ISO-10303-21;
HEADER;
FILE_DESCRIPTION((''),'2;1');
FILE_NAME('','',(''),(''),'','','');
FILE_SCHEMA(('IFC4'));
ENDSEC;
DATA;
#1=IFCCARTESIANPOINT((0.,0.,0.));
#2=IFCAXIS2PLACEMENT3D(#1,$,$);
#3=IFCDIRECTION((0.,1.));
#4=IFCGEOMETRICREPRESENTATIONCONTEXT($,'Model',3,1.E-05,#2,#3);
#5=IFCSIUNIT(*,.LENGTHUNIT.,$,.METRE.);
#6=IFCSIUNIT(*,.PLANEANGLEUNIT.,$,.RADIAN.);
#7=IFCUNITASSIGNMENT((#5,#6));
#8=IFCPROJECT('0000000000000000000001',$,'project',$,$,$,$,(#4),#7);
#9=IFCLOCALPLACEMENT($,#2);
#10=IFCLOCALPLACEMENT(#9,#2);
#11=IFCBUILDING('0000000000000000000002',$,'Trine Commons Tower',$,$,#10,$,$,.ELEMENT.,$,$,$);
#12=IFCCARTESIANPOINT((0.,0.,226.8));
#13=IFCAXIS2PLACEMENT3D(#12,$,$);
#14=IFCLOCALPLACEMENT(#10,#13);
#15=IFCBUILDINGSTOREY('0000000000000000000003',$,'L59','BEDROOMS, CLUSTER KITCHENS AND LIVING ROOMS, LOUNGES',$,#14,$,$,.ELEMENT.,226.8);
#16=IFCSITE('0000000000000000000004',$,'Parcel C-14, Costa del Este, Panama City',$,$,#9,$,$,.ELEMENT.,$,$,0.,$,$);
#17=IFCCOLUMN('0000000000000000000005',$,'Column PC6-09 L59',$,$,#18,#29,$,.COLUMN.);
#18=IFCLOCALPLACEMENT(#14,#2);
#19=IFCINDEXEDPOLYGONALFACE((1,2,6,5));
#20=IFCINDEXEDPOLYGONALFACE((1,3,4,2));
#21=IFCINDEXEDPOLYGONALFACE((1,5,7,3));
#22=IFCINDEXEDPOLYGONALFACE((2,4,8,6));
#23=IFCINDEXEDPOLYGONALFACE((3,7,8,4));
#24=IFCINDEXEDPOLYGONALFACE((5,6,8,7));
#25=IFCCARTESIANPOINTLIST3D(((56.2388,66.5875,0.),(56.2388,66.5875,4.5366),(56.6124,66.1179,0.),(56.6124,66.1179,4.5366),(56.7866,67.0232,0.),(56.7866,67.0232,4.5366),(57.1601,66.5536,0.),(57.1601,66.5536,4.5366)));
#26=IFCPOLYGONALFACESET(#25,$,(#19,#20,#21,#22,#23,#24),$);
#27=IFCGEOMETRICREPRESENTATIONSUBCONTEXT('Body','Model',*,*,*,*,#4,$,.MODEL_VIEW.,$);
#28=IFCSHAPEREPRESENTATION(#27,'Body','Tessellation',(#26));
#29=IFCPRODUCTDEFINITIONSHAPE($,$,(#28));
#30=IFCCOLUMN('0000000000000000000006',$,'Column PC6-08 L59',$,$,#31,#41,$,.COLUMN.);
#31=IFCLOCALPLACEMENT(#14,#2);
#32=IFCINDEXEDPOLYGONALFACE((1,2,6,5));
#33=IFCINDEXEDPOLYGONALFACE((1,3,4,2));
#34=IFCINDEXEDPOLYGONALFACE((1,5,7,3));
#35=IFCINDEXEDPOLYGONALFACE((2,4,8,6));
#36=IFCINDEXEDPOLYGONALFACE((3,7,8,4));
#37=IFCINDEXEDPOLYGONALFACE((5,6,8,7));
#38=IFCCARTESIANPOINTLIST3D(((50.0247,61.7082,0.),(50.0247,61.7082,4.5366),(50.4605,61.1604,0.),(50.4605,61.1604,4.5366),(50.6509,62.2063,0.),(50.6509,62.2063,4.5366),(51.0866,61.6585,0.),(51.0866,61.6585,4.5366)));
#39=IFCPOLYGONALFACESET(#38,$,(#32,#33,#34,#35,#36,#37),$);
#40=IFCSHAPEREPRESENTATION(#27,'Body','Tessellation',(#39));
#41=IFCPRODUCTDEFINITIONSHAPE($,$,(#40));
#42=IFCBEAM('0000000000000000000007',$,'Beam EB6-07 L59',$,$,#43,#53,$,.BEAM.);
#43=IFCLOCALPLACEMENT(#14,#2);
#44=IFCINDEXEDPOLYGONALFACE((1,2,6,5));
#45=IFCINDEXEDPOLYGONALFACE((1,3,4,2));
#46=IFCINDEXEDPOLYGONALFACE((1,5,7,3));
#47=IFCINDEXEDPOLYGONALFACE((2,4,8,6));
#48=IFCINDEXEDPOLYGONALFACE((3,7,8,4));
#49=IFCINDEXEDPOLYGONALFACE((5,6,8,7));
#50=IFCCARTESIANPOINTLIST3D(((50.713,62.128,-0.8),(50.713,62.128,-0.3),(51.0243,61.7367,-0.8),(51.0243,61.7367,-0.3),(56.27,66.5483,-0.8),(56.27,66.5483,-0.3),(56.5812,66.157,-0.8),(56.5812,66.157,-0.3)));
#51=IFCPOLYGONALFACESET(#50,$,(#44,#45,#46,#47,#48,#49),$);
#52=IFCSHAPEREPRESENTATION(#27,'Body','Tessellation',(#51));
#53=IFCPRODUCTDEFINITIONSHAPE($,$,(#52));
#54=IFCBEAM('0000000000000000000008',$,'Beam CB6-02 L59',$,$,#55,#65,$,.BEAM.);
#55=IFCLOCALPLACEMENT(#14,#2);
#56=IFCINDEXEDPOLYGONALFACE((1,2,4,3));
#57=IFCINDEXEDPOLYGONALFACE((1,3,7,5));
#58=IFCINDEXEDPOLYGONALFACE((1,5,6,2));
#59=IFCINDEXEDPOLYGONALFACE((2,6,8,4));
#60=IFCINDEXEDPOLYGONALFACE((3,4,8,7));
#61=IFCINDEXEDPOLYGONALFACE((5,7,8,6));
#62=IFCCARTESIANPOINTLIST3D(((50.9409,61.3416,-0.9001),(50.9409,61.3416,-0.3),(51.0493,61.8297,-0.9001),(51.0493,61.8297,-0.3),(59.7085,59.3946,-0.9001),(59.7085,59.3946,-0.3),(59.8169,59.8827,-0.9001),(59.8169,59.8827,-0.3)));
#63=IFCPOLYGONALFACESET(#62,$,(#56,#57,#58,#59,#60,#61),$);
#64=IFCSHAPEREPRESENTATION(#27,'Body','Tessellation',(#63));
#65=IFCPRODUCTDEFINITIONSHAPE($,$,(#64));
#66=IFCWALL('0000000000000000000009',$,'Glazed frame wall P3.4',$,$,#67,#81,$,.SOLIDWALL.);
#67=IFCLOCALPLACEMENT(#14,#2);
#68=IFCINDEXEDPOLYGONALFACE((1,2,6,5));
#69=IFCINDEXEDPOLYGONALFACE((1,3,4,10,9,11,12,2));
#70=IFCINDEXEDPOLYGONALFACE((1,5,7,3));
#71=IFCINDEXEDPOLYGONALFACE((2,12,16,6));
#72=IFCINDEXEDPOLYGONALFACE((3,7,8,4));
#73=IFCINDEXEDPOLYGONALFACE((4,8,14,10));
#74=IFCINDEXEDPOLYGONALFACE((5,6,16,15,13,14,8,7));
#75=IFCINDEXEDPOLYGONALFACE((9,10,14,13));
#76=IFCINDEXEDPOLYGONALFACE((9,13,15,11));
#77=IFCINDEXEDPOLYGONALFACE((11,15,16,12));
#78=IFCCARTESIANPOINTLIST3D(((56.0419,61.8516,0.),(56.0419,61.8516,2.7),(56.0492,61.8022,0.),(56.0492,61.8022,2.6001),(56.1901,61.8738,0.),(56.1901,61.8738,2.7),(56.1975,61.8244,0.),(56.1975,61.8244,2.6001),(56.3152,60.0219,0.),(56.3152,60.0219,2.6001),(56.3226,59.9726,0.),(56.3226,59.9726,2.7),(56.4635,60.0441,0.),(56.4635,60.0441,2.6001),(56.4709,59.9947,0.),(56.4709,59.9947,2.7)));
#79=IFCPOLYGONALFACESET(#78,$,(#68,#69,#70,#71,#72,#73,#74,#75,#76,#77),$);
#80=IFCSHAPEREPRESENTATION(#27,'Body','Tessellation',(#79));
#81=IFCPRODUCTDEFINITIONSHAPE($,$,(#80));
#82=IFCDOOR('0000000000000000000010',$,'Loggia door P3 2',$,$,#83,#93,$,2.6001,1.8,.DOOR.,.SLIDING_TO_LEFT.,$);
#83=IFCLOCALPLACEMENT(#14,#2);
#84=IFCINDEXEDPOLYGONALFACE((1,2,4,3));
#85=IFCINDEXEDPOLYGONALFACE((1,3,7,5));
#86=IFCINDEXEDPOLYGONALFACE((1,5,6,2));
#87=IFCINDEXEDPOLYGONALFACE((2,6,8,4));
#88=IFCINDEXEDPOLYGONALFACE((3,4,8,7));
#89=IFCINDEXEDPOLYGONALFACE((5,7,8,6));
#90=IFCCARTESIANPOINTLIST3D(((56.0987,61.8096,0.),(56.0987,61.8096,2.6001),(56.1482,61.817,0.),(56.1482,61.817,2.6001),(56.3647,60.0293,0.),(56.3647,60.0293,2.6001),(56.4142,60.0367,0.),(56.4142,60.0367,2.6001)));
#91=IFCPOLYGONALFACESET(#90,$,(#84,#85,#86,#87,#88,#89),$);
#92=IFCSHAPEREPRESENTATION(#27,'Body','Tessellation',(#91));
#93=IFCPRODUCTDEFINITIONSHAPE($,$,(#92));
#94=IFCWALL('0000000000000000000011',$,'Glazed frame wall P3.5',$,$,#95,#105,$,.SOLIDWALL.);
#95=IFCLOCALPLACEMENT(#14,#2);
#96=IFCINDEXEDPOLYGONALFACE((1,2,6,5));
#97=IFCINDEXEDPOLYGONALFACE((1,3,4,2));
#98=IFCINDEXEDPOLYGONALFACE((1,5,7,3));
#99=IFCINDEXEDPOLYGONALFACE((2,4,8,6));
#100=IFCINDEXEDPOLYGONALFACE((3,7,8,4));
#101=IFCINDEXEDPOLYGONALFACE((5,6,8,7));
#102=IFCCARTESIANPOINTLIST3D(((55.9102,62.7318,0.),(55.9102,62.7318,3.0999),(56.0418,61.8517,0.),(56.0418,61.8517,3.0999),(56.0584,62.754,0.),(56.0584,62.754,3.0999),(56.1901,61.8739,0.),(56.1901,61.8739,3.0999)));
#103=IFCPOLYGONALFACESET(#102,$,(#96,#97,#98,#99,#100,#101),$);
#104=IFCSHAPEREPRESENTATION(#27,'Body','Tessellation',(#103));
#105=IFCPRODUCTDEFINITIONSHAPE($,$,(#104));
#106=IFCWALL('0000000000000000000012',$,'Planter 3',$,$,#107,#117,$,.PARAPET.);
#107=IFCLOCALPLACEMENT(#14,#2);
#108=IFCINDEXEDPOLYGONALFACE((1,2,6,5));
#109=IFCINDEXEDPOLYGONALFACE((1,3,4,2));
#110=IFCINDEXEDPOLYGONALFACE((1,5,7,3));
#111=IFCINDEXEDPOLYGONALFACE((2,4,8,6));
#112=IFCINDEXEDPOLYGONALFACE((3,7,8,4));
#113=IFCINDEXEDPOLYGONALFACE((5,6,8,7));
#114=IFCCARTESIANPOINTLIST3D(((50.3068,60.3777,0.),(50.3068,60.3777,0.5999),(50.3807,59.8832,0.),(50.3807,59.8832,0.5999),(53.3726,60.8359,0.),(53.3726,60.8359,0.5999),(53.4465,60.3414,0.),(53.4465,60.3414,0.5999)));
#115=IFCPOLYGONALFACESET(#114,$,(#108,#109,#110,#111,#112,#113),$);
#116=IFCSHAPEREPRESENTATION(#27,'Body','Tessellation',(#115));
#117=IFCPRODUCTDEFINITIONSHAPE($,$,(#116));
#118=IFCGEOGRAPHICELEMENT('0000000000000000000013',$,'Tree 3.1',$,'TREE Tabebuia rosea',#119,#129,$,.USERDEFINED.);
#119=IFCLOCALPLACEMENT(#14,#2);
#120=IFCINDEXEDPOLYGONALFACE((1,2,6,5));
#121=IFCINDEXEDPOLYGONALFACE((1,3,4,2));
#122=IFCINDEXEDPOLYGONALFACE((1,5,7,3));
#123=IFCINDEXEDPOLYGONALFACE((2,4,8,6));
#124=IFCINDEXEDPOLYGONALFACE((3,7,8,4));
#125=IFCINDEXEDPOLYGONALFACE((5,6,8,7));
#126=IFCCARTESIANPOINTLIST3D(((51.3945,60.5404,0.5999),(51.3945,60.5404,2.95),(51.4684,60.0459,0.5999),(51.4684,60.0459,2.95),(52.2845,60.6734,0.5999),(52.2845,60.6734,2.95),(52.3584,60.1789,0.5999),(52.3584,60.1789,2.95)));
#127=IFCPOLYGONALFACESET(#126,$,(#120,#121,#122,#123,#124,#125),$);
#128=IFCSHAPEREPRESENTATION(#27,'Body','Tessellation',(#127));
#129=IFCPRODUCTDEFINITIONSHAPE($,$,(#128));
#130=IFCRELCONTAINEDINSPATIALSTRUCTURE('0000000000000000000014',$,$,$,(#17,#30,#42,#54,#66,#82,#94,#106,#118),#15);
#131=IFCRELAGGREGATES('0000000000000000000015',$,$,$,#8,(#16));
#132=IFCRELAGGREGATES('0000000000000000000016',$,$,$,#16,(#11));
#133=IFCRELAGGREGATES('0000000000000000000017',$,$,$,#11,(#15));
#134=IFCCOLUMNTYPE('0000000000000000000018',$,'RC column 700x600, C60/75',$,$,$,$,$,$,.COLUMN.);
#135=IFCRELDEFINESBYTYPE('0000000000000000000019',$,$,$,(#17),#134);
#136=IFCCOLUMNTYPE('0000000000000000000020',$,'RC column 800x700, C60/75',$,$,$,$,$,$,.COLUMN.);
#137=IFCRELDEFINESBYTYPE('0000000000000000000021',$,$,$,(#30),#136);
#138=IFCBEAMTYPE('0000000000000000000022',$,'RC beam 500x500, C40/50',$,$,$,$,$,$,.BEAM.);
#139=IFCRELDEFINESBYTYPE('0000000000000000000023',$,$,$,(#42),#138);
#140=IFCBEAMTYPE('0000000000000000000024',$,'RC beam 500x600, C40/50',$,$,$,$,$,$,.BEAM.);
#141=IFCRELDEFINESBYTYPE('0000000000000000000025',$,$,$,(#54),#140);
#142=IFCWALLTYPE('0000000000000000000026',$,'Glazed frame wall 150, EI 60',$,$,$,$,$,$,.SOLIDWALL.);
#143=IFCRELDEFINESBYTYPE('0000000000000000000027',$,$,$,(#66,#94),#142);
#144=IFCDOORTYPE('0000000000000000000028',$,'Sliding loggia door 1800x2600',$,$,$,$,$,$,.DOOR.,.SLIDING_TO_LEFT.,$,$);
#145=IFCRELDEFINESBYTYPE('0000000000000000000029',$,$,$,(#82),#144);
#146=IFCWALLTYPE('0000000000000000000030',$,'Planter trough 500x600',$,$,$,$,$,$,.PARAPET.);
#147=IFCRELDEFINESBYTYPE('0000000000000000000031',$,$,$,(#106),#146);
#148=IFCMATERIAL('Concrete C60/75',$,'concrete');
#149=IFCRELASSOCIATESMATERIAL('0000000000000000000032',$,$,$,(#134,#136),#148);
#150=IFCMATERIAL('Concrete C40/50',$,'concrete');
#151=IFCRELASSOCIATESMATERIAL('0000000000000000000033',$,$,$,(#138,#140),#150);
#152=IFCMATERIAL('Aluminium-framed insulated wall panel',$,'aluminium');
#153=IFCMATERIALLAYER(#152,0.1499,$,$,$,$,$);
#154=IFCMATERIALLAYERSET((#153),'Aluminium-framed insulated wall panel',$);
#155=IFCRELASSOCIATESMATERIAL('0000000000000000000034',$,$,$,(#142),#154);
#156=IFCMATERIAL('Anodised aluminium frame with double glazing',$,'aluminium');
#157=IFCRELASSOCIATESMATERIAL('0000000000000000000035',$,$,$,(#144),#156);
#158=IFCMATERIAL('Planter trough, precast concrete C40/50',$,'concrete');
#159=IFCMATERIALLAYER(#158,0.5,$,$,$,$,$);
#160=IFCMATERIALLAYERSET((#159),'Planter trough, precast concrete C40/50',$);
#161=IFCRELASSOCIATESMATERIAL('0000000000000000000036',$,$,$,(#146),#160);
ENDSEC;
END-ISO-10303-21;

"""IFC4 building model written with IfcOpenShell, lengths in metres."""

from ifc_helpers import new_model, si_unit, direction, frame, frame_2d, origin, origin_2d, place, context, subcontext, project, spatial, polyline, rectangle, outline, extrude, material, layer, layer_set, material_profile, profile_set, type_object, element, fill, save


model = new_model("IFC4")

# Units and contexts
model_context = context("Model", 3, precision=1e-05, world=origin(), true_north=direction((0.0, 1.0)))
body_context = subcontext(model_context, "Body", "Model", "MODEL_VIEW")
ifc_project = project(units=[si_unit("LENGTHUNIT", "METRE"), si_unit("PLANEANGLEUNIT", "RADIAN")], contexts=[model_context])

# Site, building, storey
site_placement = place(None, origin())
site = spatial("IfcSite", under=ifc_project, at=site_placement, Name="Parcel C-14, Costa del Este, Panama City", CompositionType="ELEMENT", RefElevation=0.0)
building_placement = place(site_placement, origin())
building = spatial("IfcBuilding", under=site, at=building_placement, Name="Trine Commons Tower", CompositionType="ELEMENT")
storey_placement = place(building_placement, frame((0.0, 0.0, 226.8)))
storey = spatial("IfcBuildingStorey", under=building, at=storey_placement, Name="L59", Description="BEDROOMS, CLUSTER KITCHENS AND LIVING ROOMS, LOUNGES", CompositionType="ELEMENT", Elevation=226.8)

# Columns
ifc_material_1 = material(Name="Concrete C60/75", Category="concrete")
ifc_material_profile_1 = material_profile(ifc_material_1, rectangle(XDim=0.7, YDim=0.6001, at=origin_2d()), Name="RC 700x600")
ifc_profile_set_1 = profile_set([ifc_material_profile_1], Name="Concrete C60/75")
column_type_1 = type_object("IfcColumnType", Name="RC column 700x600, C60/75", PredefinedType="COLUMN", material=ifc_profile_set_1)
column_1_placement = place(storey_placement, frame((56.6995, 66.5706, 0.0), z_axis=(0.0, 0.0, 1.0), x_axis=(0.782608, 0.622515, 0.0)))
element("IfcColumn", 1, at=column_1_placement, inside=storey, type_object=column_type_1, Name="Column PC6-09 L59", PredefinedType="COLUMN", context=body_context, shape_type="SweptSolid", body=[
    extrude(rectangle(XDim=0.7, YDim=0.6001, at=origin_2d()), origin(), (0.0, 0.0, 1.0), 4.5366),
])
ifc_material_profile_2 = material_profile(ifc_material_1, rectangle(XDim=0.8, YDim=0.7, at=origin_2d()), Name="RC 800x700")
ifc_profile_set_2 = profile_set([ifc_material_profile_2], Name="Concrete C60/75")
column_type_2 = type_object("IfcColumnType", Name="RC column 800x700, C60/75", PredefinedType="COLUMN", material=ifc_profile_set_2)
column_2_placement = place(storey_placement, frame((50.5557, 61.6833, 0.0), z_axis=(0.0, 0.0, 1.0), x_axis=(0.782608, 0.622515, 0.0)))
element("IfcColumn", 2, at=column_2_placement, inside=storey, type_object=column_type_2, Name="Column PC6-08 L59", PredefinedType="COLUMN", context=body_context, shape_type="SweptSolid", body=[
    extrude(rectangle(XDim=0.8, YDim=0.7, at=origin_2d()), origin(), (0.0, 0.0, 1.0), 4.5366),
])

# Beams
ifc_material_2 = material(Name="Concrete C40/50", Category="concrete")
ifc_material_profile_3 = material_profile(ifc_material_2, rectangle(XDim=0.5, YDim=0.5, at=origin_2d()), Name="RC 500x500")
ifc_profile_set_3 = profile_set([ifc_material_profile_3], Name="Concrete C40/50")
beam_type_1 = type_object("IfcBeamType", Name="RC beam 500x500, C40/50", PredefinedType="BEAM", material=ifc_profile_set_3)
beam_1_placement = place(storey_placement, frame((50.8687, 61.9324, -0.55), z_axis=(0.782607, 0.622516, 0.0), x_axis=(-0.622516, 0.782607, 0.0)))
element("IfcBeam", 3, at=beam_1_placement, inside=storey, type_object=beam_type_1, Name="Beam EB6-07 L59", PredefinedType="BEAM", context=body_context, shape_type="SweptSolid", body=[
    extrude(rectangle(XDim=0.5, YDim=0.5, at=origin_2d()), origin(), (0.0, 0.0, 1.0), 7.1006),
])
ifc_material_profile_4 = material_profile(ifc_material_2, rectangle(XDim=0.5, YDim=0.6001, at=origin_2d()), Name="RC 500x600")
ifc_profile_set_4 = profile_set([ifc_material_profile_4], Name="Concrete C40/50")
beam_type_2 = type_object("IfcBeamType", Name="RC beam 500x600, C40/50", PredefinedType="BEAM", material=ifc_profile_set_4)
beam_2_placement = place(storey_placement, frame((50.9951, 61.5857, -0.6001), z_axis=(0.976218, -0.216789, 0.0), x_axis=(0.216789, 0.976218, 0.0)))
element("IfcBeam", 4, at=beam_2_placement, inside=storey, type_object=beam_type_2, Name="Beam CB6-02 L59", PredefinedType="BEAM", context=body_context, shape_type="SweptSolid", body=[
    extrude(rectangle(XDim=0.5, YDim=0.6001, at=origin_2d()), origin(), (0.0, 0.0, 1.0), 8.9812),
])

# Shared definitions
ifc_material_3 = material(Name="Aluminium-framed insulated wall panel", Category="aluminium")
ifc_layer_1 = layer(ifc_material_3, 0.1499)
ifc_layer_set_1 = layer_set([ifc_layer_1], Name="Aluminium-framed insulated wall panel")
wall_type_1 = type_object("IfcWallType", Name="Glazed frame wall 150, EI 60", PredefinedType="SOLIDWALL", material=ifc_layer_set_1)
ifc_material_4 = material(Name="Anodised aluminium frame with double glazing", Category="aluminium")
door_type = type_object("IfcDoorType", Name="Sliding loggia door 1800x2600", OperationType="SLIDING_TO_LEFT", PredefinedType="DOOR", material=ifc_material_4)

# Wall, opening, door
wall_1_placement = place(storey_placement, frame((56.3967, 59.9836, 0.0), z_axis=(0.0, 0.0, 1.0), x_axis=(-0.147769, 0.989022, 0.0)))
wall_1 = element("IfcWall", 5, at=wall_1_placement, inside=storey, type_object=wall_type_1, Name="Glazed frame wall P3.4", PredefinedType="SOLIDWALL", context=body_context, shape_type="SweptSolid", body=[
    extrude(outline(polyline([(0.0, -0.075), (1.8999, -0.075), (1.8999, 0.075), (0.0, 0.075), (0.0, -0.075)])), origin(), (0.0, 0.0, 1.0), 2.7),
])
opening_1_placement = place(wall_1_placement, frame((0.05, 0.0, 0.0)))
opening_1 = element("IfcOpeningElement", 6, at=opening_1_placement, cuts=wall_1, PredefinedType="OPENING", context=body_context, shape_type="SweptSolid", body=[
    extrude(rectangle(XDim=1.8, YDim=2.6001, at=frame_2d((0.8999, 1.3))), frame((0.0, 0.085, 0.0), z_axis=(0.0, -1.0, 0.0), x_axis=(1.0, 0.0, 0.0)), (0.0, 0.0, 1.0), 0.1699),
])
door_1_placement = place(opening_1_placement, origin())
door_1 = element("IfcDoor", 7, at=door_1_placement, inside=storey, type_object=door_type, Name="Loggia door P3 2", OperationType="SLIDING_TO_LEFT", OverallHeight=2.6001, OverallWidth=1.8, PredefinedType="DOOR", context=body_context, shape_type="SweptSolid", body=[
    extrude(rectangle(XDim=1.8, YDim=2.6001, at=frame_2d((0.8999, 1.3))), frame((0.0, 0.0249, 0.0), z_axis=(0.0, -1.0, 0.0), x_axis=(1.0, 0.0, 0.0)), (0.0, 0.0, 1.0), 0.05),
])
fill(opening_1, door_1)

# Walls
wall_2_placement = place(storey_placement, frame((56.116, 61.8628, 0.0), z_axis=(0.0, 0.0, 1.0), x_axis=(-0.147946, 0.988995, 0.0)))
element("IfcWall", 8, at=wall_2_placement, inside=storey, type_object=wall_type_1, Name="Glazed frame wall P3.5", PredefinedType="SOLIDWALL", context=body_context, shape_type="SweptSolid", body=[
    extrude(outline(polyline([(0.8899, 0.075), (0.0, 0.075), (0.0, -0.075), (0.8899, -0.075), (0.8899, 0.075)])), origin(), (0.0, 0.0, 1.0), 3.0999),
])
ifc_material_5 = material(Name="Planter trough, precast concrete C40/50", Category="concrete")
ifc_layer_2 = layer(ifc_material_5, 0.5)
ifc_layer_set_2 = layer_set([ifc_layer_2], Name="Planter trough, precast concrete C40/50")
wall_type_2 = type_object("IfcWallType", Name="Planter trough 500x600", PredefinedType="PARAPET", material=ifc_layer_set_2)
wall_3_placement = place(storey_placement, frame((53.4094, 60.5886, 0.0), z_axis=(0.0, 0.0, 1.0), x_axis=(-0.989014, -0.147824, 0.0)))
element("IfcWall", 9, at=wall_3_placement, inside=storey, type_object=wall_type_2, Name="Planter 3", PredefinedType="PARAPET", context=body_context, shape_type="SweptSolid", body=[
    extrude(rectangle(XDim=3.0999, YDim=0.5, at=frame_2d((1.5498, 0.0))), origin(), (0.0, 0.0, 1.0), 0.5999),
])

# Geographic element
geographic_element_placement = place(storey_placement, frame((51.8765, 60.3596, 0.5999), z_axis=(0.0, 0.0, 1.0), x_axis=(-0.989015, -0.147816, 0.0)))
element("IfcGeographicElement", 10, at=geographic_element_placement, inside=storey, Name="Tree 3.1", ObjectType="TREE Tabebuia rosea", PredefinedType="USERDEFINED", context=body_context, shape_type="SweptSolid", body=[
    extrude(rectangle(XDim=0.8999, YDim=0.5, at=origin_2d()), origin(), (0.0, 0.0, 1.0), 2.3501),
])

save(model, "model.ifc")
